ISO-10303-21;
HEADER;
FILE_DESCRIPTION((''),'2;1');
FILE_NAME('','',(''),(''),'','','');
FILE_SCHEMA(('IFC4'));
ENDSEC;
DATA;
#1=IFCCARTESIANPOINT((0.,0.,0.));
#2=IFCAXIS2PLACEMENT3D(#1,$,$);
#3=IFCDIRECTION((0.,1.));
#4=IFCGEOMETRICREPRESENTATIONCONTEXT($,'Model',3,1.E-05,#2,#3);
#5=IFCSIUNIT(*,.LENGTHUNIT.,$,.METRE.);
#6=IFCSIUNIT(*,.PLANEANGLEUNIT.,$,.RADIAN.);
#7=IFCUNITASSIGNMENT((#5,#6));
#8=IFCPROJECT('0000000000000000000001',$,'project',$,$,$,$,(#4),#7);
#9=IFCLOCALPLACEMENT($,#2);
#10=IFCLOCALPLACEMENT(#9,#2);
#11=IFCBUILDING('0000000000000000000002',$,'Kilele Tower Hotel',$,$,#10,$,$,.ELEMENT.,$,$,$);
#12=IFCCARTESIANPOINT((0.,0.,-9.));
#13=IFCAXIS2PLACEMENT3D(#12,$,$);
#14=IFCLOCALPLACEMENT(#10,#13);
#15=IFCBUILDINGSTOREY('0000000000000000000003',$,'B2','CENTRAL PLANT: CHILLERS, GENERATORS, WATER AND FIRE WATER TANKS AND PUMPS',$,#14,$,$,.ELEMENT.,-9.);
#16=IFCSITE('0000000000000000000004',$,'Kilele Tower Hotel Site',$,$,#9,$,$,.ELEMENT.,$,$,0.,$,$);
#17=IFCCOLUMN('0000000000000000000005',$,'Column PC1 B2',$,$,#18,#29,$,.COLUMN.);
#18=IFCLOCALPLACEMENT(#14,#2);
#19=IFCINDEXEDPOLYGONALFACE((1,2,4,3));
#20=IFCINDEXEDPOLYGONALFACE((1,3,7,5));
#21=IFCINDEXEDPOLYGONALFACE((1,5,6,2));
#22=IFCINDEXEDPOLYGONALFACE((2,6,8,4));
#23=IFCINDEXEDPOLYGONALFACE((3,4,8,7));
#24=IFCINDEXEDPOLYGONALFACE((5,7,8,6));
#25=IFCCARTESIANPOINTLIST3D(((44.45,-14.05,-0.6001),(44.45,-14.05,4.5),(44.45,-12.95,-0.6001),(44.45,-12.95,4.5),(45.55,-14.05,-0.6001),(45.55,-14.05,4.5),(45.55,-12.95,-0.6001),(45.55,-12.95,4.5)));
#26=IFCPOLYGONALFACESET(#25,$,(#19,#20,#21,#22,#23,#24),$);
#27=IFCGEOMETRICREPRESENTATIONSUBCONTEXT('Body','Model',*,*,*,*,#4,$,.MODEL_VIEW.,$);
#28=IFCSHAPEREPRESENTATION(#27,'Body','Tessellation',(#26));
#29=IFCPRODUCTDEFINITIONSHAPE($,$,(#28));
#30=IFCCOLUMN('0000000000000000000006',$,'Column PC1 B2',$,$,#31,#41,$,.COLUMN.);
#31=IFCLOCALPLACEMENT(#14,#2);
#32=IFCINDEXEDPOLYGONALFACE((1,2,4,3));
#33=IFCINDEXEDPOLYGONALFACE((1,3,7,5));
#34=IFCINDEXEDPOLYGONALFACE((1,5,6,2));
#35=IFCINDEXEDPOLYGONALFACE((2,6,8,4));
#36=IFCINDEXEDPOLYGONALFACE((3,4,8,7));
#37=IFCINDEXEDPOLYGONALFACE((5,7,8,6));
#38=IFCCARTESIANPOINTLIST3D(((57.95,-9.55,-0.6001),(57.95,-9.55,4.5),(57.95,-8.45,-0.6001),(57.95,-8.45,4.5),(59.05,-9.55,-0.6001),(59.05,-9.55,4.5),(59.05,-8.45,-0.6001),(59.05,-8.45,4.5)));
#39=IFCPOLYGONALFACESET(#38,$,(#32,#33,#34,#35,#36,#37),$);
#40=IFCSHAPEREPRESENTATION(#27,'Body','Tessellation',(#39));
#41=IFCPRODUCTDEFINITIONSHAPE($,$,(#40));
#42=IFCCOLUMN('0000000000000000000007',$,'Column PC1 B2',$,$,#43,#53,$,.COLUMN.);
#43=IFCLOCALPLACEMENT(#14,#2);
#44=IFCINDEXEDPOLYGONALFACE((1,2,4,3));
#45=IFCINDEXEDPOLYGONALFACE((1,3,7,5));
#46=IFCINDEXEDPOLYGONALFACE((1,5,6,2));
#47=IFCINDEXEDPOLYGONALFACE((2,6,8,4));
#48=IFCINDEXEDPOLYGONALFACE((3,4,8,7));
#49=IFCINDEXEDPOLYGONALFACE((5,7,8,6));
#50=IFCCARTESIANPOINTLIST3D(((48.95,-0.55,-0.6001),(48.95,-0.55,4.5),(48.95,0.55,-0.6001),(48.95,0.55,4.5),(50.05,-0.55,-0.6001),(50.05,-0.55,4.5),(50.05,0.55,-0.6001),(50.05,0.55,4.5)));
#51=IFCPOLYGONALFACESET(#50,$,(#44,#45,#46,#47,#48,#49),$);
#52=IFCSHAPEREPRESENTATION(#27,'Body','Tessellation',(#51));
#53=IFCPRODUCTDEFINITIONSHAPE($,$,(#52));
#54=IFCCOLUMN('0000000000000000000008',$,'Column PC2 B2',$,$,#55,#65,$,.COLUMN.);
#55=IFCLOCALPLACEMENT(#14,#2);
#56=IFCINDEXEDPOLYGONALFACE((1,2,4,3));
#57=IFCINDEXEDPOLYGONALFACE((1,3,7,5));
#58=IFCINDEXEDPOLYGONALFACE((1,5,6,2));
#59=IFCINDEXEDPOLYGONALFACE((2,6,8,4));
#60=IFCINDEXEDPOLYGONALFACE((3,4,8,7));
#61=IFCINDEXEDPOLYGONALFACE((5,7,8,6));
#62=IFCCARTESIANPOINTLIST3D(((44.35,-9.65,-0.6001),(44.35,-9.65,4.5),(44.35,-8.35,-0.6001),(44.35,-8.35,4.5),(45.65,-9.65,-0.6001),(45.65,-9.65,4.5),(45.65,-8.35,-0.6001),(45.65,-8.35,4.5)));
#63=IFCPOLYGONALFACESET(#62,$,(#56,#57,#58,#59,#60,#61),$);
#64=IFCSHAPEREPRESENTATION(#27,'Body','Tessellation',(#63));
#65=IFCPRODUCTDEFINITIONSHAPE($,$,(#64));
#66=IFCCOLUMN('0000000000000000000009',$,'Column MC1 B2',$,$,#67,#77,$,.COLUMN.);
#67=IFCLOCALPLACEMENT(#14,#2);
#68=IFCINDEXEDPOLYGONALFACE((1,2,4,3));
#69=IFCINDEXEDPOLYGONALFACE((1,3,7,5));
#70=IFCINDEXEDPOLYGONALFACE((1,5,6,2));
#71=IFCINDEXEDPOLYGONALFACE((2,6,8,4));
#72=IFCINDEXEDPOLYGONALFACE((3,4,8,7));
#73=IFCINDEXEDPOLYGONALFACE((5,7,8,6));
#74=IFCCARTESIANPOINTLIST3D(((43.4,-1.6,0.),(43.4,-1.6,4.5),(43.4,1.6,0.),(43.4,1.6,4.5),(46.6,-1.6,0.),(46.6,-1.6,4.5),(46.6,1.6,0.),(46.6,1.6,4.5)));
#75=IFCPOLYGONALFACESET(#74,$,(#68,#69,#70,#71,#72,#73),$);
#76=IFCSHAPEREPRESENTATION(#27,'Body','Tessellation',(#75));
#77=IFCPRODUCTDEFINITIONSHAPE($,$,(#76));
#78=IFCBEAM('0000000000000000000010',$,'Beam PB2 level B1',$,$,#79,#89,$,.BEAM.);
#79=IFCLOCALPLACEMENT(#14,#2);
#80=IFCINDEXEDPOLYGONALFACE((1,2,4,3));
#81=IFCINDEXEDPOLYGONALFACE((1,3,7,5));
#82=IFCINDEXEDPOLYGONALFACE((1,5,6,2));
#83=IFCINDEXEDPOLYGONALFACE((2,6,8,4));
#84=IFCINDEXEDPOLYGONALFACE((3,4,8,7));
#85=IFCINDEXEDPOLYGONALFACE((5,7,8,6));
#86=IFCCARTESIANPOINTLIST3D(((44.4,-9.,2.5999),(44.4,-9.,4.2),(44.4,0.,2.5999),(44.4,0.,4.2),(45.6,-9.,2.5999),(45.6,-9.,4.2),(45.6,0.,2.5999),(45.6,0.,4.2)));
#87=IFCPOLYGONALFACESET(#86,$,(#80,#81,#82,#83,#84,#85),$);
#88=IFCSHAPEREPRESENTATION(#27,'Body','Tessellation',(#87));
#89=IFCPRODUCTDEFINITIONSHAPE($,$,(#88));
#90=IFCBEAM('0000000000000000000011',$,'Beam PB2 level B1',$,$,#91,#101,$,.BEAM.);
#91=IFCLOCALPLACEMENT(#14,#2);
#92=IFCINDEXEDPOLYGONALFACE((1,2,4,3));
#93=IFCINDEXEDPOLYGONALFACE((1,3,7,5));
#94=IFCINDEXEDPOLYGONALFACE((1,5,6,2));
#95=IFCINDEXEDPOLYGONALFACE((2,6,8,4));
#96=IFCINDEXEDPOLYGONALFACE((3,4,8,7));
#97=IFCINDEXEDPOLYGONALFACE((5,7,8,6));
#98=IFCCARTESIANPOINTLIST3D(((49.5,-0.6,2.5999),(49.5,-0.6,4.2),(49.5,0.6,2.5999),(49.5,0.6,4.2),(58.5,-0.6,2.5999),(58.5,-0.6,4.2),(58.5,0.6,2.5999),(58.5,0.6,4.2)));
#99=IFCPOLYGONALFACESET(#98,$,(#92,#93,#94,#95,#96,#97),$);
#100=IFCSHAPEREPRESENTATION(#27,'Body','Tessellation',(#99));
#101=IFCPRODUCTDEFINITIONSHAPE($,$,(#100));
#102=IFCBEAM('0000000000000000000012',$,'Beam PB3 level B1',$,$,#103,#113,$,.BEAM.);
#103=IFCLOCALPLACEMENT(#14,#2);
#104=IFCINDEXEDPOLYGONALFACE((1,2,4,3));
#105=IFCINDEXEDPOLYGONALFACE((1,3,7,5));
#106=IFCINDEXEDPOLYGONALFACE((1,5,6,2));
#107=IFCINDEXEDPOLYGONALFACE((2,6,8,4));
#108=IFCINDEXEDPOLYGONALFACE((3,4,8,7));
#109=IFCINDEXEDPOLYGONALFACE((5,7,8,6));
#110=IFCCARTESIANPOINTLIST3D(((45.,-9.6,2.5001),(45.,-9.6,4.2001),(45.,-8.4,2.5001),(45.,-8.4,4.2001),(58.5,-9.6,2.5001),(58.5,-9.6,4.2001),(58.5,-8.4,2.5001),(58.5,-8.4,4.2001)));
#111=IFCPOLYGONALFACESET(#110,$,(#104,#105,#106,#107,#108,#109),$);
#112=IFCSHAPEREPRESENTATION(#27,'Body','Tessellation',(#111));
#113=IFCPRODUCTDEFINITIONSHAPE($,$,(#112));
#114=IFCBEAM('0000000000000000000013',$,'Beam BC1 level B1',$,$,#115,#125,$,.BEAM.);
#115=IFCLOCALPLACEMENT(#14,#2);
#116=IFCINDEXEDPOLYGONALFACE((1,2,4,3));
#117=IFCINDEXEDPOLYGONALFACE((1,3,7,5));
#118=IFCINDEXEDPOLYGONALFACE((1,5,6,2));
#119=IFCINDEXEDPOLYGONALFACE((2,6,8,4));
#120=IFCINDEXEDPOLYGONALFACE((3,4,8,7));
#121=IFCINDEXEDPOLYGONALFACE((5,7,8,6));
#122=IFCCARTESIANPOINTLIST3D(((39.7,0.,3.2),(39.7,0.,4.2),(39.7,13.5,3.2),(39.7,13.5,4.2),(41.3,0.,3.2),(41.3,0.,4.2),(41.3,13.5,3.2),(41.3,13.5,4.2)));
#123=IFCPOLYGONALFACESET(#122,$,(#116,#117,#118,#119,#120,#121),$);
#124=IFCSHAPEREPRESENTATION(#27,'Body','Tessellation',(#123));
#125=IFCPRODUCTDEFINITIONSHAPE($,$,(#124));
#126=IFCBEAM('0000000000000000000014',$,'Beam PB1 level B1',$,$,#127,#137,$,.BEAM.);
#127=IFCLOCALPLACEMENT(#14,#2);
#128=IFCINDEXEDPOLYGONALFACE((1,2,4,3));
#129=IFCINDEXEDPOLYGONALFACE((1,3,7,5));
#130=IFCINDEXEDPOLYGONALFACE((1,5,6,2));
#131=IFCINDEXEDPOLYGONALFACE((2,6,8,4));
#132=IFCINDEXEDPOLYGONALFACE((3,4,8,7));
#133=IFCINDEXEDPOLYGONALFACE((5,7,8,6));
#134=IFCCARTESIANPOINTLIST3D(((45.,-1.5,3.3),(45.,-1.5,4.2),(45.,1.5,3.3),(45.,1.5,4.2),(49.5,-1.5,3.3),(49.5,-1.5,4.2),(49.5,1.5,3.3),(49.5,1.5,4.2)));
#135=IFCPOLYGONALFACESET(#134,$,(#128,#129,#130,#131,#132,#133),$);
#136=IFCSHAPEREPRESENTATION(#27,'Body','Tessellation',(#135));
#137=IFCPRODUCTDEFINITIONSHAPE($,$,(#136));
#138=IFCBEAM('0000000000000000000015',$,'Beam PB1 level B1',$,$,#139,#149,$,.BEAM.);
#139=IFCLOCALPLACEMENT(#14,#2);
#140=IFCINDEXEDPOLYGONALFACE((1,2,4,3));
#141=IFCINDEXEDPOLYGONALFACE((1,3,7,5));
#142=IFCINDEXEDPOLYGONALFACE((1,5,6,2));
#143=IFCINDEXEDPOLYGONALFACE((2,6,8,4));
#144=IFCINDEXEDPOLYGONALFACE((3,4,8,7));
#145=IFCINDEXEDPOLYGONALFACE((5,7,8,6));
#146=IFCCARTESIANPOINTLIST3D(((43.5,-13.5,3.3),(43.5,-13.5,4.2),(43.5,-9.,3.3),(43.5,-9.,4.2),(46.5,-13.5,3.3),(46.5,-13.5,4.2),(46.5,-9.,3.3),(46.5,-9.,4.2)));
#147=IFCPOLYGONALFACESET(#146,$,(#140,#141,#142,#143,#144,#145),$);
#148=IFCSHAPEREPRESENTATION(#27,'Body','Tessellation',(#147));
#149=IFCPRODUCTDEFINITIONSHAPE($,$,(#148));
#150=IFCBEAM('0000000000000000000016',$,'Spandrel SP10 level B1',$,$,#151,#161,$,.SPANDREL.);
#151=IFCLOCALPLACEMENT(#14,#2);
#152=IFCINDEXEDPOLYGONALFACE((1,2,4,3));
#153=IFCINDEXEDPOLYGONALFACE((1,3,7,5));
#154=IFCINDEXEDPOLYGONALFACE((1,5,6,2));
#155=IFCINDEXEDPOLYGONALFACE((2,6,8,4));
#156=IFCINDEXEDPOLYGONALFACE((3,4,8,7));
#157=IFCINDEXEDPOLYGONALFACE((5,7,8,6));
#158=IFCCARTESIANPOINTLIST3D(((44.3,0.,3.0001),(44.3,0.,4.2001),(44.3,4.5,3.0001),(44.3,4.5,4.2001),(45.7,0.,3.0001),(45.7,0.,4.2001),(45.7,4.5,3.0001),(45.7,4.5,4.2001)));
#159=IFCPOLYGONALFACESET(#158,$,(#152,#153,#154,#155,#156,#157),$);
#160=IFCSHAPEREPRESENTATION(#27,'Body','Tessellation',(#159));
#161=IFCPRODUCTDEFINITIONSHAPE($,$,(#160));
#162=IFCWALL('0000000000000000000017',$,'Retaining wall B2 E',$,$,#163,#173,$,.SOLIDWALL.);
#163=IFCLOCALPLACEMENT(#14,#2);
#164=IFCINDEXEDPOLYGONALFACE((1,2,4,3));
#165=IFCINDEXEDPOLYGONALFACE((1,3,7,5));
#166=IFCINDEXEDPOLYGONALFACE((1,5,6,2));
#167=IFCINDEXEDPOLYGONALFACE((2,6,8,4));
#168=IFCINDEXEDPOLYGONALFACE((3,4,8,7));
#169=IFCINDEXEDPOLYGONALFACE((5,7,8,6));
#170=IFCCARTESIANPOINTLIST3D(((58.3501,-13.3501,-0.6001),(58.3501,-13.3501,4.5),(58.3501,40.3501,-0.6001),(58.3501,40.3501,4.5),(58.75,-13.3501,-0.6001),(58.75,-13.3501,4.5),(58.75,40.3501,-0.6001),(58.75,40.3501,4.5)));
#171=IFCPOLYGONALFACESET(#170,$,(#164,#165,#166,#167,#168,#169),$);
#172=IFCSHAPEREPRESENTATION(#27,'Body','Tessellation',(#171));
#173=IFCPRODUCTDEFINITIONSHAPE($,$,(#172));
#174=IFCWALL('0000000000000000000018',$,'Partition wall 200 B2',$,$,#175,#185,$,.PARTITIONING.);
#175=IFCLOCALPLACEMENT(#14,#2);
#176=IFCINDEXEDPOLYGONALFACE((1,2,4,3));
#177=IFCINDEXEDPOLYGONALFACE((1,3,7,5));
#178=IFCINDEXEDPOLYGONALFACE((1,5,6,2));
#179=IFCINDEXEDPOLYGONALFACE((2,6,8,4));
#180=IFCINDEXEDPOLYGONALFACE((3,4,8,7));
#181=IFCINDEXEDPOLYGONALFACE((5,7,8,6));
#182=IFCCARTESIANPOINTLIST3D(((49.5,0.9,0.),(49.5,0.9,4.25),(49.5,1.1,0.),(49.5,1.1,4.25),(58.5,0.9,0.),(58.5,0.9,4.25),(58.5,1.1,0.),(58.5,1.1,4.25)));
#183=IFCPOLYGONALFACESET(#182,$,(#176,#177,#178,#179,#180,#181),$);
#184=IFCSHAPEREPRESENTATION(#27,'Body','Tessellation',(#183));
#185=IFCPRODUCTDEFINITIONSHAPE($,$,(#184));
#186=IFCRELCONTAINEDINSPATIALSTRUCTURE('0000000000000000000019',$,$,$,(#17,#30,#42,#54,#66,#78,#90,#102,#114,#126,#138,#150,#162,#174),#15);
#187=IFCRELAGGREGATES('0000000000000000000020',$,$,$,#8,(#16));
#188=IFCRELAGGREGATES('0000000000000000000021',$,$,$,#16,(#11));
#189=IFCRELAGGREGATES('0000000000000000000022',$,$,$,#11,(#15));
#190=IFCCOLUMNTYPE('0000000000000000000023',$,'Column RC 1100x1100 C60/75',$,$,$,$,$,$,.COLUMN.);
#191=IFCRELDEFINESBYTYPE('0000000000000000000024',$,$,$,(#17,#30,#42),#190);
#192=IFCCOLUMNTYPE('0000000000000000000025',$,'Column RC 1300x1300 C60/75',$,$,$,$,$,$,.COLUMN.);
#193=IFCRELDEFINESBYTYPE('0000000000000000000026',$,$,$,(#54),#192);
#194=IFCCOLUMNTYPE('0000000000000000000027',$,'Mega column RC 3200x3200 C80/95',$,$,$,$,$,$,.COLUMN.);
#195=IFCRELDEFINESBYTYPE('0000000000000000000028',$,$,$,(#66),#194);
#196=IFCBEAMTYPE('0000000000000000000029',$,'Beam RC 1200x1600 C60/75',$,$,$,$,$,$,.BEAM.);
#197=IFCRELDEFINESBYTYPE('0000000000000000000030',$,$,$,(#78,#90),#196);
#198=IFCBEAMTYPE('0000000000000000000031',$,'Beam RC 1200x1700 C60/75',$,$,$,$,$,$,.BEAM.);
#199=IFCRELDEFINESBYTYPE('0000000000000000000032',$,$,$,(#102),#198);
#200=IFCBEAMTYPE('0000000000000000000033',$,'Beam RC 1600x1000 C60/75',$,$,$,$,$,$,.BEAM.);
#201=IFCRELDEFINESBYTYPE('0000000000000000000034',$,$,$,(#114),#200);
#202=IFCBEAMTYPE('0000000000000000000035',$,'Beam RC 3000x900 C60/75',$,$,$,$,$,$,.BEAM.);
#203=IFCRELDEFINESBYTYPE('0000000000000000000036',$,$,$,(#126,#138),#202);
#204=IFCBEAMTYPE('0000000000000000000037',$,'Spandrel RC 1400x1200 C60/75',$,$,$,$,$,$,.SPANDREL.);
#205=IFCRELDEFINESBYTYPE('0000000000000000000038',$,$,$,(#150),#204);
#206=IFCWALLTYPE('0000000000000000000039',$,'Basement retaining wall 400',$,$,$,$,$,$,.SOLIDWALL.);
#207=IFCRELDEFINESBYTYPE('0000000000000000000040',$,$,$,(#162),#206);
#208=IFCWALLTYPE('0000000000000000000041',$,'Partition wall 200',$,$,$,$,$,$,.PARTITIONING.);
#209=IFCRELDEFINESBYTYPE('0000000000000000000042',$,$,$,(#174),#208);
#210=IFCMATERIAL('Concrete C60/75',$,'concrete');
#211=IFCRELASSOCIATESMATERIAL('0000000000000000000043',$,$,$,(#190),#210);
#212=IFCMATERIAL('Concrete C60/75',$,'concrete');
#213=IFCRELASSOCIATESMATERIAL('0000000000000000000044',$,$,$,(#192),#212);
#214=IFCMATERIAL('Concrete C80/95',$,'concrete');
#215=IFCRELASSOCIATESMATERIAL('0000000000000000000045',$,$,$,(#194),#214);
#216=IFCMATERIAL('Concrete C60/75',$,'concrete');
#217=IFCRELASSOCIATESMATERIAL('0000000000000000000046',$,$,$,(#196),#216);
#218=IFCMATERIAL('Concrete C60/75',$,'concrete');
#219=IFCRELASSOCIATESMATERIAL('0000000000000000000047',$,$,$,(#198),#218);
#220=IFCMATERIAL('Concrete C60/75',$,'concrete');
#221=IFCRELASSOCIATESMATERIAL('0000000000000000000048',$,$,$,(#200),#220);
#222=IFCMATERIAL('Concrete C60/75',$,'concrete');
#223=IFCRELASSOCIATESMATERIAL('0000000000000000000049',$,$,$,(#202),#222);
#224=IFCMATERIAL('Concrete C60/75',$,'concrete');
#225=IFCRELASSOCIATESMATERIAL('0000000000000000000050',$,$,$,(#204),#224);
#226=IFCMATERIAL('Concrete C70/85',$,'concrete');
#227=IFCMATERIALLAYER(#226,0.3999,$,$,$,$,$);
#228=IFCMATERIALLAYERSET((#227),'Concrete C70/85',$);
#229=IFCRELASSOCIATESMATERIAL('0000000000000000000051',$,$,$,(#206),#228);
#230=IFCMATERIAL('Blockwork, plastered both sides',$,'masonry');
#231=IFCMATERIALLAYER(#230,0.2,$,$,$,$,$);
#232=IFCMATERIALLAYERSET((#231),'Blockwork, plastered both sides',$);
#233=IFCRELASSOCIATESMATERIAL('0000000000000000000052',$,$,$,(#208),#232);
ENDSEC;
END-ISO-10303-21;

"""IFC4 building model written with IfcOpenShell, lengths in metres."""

from ifc_helpers import new_model, si_unit, direction, frame, frame_2d, origin, origin_2d, place, context, subcontext, project, spatial, rectangle, extrude, material, layer, layer_set, material_profile, profile_set, type_object, element, save


model = new_model("IFC4")

# Units and contexts
model_context = context("Model", 3, precision=1e-05, world=origin(), true_north=direction((0.0, 1.0)))
body_context = subcontext(model_context, "Body", "Model", "MODEL_VIEW")
ifc_project = project(units=[si_unit("LENGTHUNIT", "METRE"), si_unit("PLANEANGLEUNIT", "RADIAN")], contexts=[model_context])

# Site, building, storey
site_placement = place(None, origin())
site = spatial("IfcSite", under=ifc_project, at=site_placement, Name="Kilele Tower Hotel Site", CompositionType="ELEMENT", RefElevation=0.0)
building_placement = place(site_placement, origin())
building = spatial("IfcBuilding", under=site, at=building_placement, Name="Kilele Tower Hotel", CompositionType="ELEMENT")
storey_placement = place(building_placement, frame((0.0, 0.0, -9.0)))
storey = spatial("IfcBuildingStorey", under=building, at=storey_placement, Name="B2", Description="CENTRAL PLANT: CHILLERS, GENERATORS, WATER AND FIRE WATER TANKS AND PUMPS", CompositionType="ELEMENT", Elevation=-9.0)

# Columns
ifc_material_1 = material(Name="Concrete C60/75", Category="concrete")
ifc_material_profile_1 = material_profile(ifc_material_1, rectangle(XDim=1.1001, YDim=1.1001, at=origin_2d()))
ifc_profile_set_1 = profile_set([ifc_material_profile_1], Name="Concrete C60/75")
column_type_1 = type_object("IfcColumnType", Name="Column RC 1100x1100 C60/75", PredefinedType="COLUMN", material=ifc_profile_set_1)
for number, where, z_axis, x_axis, name in (
    (1, (45.0, -13.5, -0.6001), (0.0, 0.0, 1.0), (1.0, 0.0, 0.0), "Column PC1 B2"),
    (2, (58.5, -9.0, -0.6001), (0.0, 0.0, 1.0), (1.0, 0.0, 0.0), "Column PC1 B2"),
    (3, (49.5, 0.0, -0.6001), (0.0, 0.0, 1.0), (1.0, 0.0, 0.0), "Column PC1 B2"),
):
    element("IfcColumn", number, at=place(storey_placement, frame(where, z_axis=z_axis, x_axis=x_axis)), inside=storey, type_object=column_type_1, Name=name, PredefinedType="COLUMN", context=body_context, shape_type="SweptSolid", body=[
        extrude(rectangle(XDim=1.1001, YDim=1.1001, at=origin_2d()), origin(), (0.0, 0.0, 1.0), 5.1001),
    ])
ifc_material_2 = material(Name="Concrete C60/75", Category="concrete")
ifc_material_profile_2 = material_profile(ifc_material_2, rectangle(XDim=1.3, YDim=1.3, at=origin_2d()))
ifc_profile_set_2 = profile_set([ifc_material_profile_2], Name="Concrete C60/75")
column_type_2 = type_object("IfcColumnType", Name="Column RC 1300x1300 C60/75", PredefinedType="COLUMN", material=ifc_profile_set_2)
column_1_placement = place(storey_placement, frame((45.0, -9.0, -0.6001), z_axis=(0.0, 0.0, 1.0), x_axis=(1.0, 0.0, 0.0)))
element("IfcColumn", 4, at=column_1_placement, inside=storey, type_object=column_type_2, Name="Column PC2 B2", PredefinedType="COLUMN", context=body_context, shape_type="SweptSolid", body=[
    extrude(rectangle(XDim=1.3, YDim=1.3, at=origin_2d()), origin(), (0.0, 0.0, 1.0), 5.1001),
])
ifc_material_3 = material(Name="Concrete C80/95", Category="concrete")
ifc_material_profile_3 = material_profile(ifc_material_3, rectangle(XDim=3.2, YDim=3.2, at=origin_2d()))
ifc_profile_set_3 = profile_set([ifc_material_profile_3], Name="Concrete C80/95")
column_type_3 = type_object("IfcColumnType", Name="Mega column RC 3200x3200 C80/95", PredefinedType="COLUMN", material=ifc_profile_set_3)
column_2_placement = place(storey_placement, frame((45.0, 0.0, 0.0), z_axis=(0.0, 0.0, 1.0), x_axis=(1.0, 0.0, 0.0)))
element("IfcColumn", 5, at=column_2_placement, inside=storey, type_object=column_type_3, Name="Column MC1 B2", PredefinedType="COLUMN", context=body_context, shape_type="SweptSolid", body=[
    extrude(rectangle(XDim=3.2, YDim=3.2, at=origin_2d()), origin(), (0.0, 0.0, 1.0), 4.5),
])

# Beams
ifc_material_4 = material(Name="Concrete C60/75", Category="concrete")
ifc_material_profile_4 = material_profile(ifc_material_4, rectangle(XDim=1.2, YDim=1.6001, at=origin_2d()))
ifc_profile_set_4 = profile_set([ifc_material_profile_4], Name="Concrete C60/75")
beam_type_1 = type_object("IfcBeamType", Name="Beam RC 1200x1600 C60/75", PredefinedType="BEAM", material=ifc_profile_set_4)
for number, where, z_axis, x_axis, name in (
    (6, (45.0, -9.0, 3.3999), (0.0, 1.0, 0.0), (-1.0, 0.0, 0.0), "Beam PB2 level B1"),
    (7, (49.5, 0.0, 3.3999), (1.0, 0.0, 0.0), (0.0, 1.0, 0.0), "Beam PB2 level B1"),
):
    element("IfcBeam", number, at=place(storey_placement, frame(where, z_axis=z_axis, x_axis=x_axis)), inside=storey, type_object=beam_type_1, Name=name, PredefinedType="BEAM", context=body_context, shape_type="SweptSolid", body=[
        extrude(rectangle(XDim=1.2, YDim=1.6001, at=origin_2d()), origin(), (0.0, 0.0, 1.0), 9.0),
    ])
ifc_material_5 = material(Name="Concrete C60/75", Category="concrete")
ifc_material_profile_5 = material_profile(ifc_material_5, rectangle(XDim=1.2, YDim=1.7, at=origin_2d()))
ifc_profile_set_5 = profile_set([ifc_material_profile_5], Name="Concrete C60/75")
beam_type_2 = type_object("IfcBeamType", Name="Beam RC 1200x1700 C60/75", PredefinedType="BEAM", material=ifc_profile_set_5)
beam_1_placement = place(storey_placement, frame((45.0, -9.0, 3.3501), z_axis=(1.0, 0.0, 0.0), x_axis=(0.0, 1.0, 0.0)))
element("IfcBeam", 8, at=beam_1_placement, inside=storey, type_object=beam_type_2, Name="Beam PB3 level B1", PredefinedType="BEAM", context=body_context, shape_type="SweptSolid", body=[
    extrude(rectangle(XDim=1.2, YDim=1.7, at=origin_2d()), origin(), (0.0, 0.0, 1.0), 13.5),
])
ifc_material_6 = material(Name="Concrete C60/75", Category="concrete")
ifc_material_profile_6 = material_profile(ifc_material_6, rectangle(XDim=1.6001, YDim=1.0, at=origin_2d()))
ifc_profile_set_6 = profile_set([ifc_material_profile_6], Name="Concrete C60/75")
beam_type_3 = type_object("IfcBeamType", Name="Beam RC 1600x1000 C60/75", PredefinedType="BEAM", material=ifc_profile_set_6)
beam_2_placement = place(storey_placement, frame((40.5, 0.0, 3.7), z_axis=(0.0, 1.0, 0.0), x_axis=(-1.0, 0.0, 0.0)))
element("IfcBeam", 9, at=beam_2_placement, inside=storey, type_object=beam_type_3, Name="Beam BC1 level B1", PredefinedType="BEAM", context=body_context, shape_type="SweptSolid", body=[
    extrude(rectangle(XDim=1.6001, YDim=1.0, at=origin_2d()), origin(), (0.0, 0.0, 1.0), 13.5),
])
ifc_material_7 = material(Name="Concrete C60/75", Category="concrete")
ifc_material_profile_7 = material_profile(ifc_material_7, rectangle(XDim=3.0, YDim=0.8999, at=origin_2d()))
ifc_profile_set_7 = profile_set([ifc_material_profile_7], Name="Concrete C60/75")
beam_type_4 = type_object("IfcBeamType", Name="Beam RC 3000x900 C60/75", PredefinedType="BEAM", material=ifc_profile_set_7)
for number, where, z_axis, x_axis, name in (
    (10, (45.0, 0.0, 3.75), (1.0, 0.0, 0.0), (0.0, 1.0, 0.0), "Beam PB1 level B1"),
    (11, (45.0, -13.5, 3.75), (0.0, 1.0, 0.0), (-1.0, 0.0, 0.0), "Beam PB1 level B1"),
):
    element("IfcBeam", number, at=place(storey_placement, frame(where, z_axis=z_axis, x_axis=x_axis)), inside=storey, type_object=beam_type_4, Name=name, PredefinedType="BEAM", context=body_context, shape_type="SweptSolid", body=[
        extrude(rectangle(XDim=3.0, YDim=0.8999, at=origin_2d()), origin(), (0.0, 0.0, 1.0), 4.5),
    ])
ifc_material_8 = material(Name="Concrete C60/75", Category="concrete")
ifc_material_profile_8 = material_profile(ifc_material_8, rectangle(XDim=1.3999, YDim=1.2, at=origin_2d()))
ifc_profile_set_8 = profile_set([ifc_material_profile_8], Name="Concrete C60/75")
beam_type_5 = type_object("IfcBeamType", Name="Spandrel RC 1400x1200 C60/75", PredefinedType="SPANDREL", material=ifc_profile_set_8)
beam_3_placement = place(storey_placement, frame((45.0, 0.0, 3.6001), z_axis=(0.0, 1.0, 0.0), x_axis=(-1.0, 0.0, 0.0)))
element("IfcBeam", 12, at=beam_3_placement, inside=storey, type_object=beam_type_5, Name="Spandrel SP10 level B1", PredefinedType="SPANDREL", context=body_context, shape_type="SweptSolid", body=[
    extrude(rectangle(XDim=1.3999, YDim=1.2, at=origin_2d()), origin(), (0.0, 0.0, 1.0), 4.5),
])

# Walls
ifc_material_9 = material(Name="Concrete C70/85", Category="concrete")
ifc_layer_1 = layer(ifc_material_9, 0.3999)
ifc_layer_set_1 = layer_set([ifc_layer_1], Name="Concrete C70/85")
wall_type_1 = type_object("IfcWallType", Name="Basement retaining wall 400", PredefinedType="SOLIDWALL", material=ifc_layer_set_1)
wall_1_placement = place(storey_placement, frame((58.55, -13.3501, -0.6001), z_axis=(0.0, 0.0, 1.0), x_axis=(0.0, 1.0, 0.0)))
element("IfcWall", 13, at=wall_1_placement, inside=storey, type_object=wall_type_1, Name="Retaining wall B2 E", PredefinedType="SOLIDWALL", context=body_context, shape_type="SweptSolid", body=[
    extrude(rectangle(XDim=53.7002, YDim=0.3999, at=frame_2d((26.8501, 0.0))), origin(), (0.0, 0.0, 1.0), 5.1001),
])
ifc_material_10 = material(Name="Blockwork, plastered both sides", Category="masonry")
ifc_layer_2 = layer(ifc_material_10, 0.2)
ifc_layer_set_2 = layer_set([ifc_layer_2], Name="Blockwork, plastered both sides")
wall_type_2 = type_object("IfcWallType", Name="Partition wall 200", PredefinedType="PARTITIONING", material=ifc_layer_set_2)
wall_2_placement = place(storey_placement, frame((49.5, 1.0, 0.0), z_axis=(0.0, 0.0, 1.0), x_axis=(1.0, 0.0, 0.0)))
element("IfcWall", 14, at=wall_2_placement, inside=storey, type_object=wall_type_2, Name="Partition wall 200 B2", PredefinedType="PARTITIONING", context=body_context, shape_type="SweptSolid", body=[
    extrude(rectangle(XDim=9.0, YDim=0.2, at=frame_2d((4.5, 0.0))), origin(), (0.0, 0.0, 1.0), 4.25),
])

save(model, "model.ifc")
